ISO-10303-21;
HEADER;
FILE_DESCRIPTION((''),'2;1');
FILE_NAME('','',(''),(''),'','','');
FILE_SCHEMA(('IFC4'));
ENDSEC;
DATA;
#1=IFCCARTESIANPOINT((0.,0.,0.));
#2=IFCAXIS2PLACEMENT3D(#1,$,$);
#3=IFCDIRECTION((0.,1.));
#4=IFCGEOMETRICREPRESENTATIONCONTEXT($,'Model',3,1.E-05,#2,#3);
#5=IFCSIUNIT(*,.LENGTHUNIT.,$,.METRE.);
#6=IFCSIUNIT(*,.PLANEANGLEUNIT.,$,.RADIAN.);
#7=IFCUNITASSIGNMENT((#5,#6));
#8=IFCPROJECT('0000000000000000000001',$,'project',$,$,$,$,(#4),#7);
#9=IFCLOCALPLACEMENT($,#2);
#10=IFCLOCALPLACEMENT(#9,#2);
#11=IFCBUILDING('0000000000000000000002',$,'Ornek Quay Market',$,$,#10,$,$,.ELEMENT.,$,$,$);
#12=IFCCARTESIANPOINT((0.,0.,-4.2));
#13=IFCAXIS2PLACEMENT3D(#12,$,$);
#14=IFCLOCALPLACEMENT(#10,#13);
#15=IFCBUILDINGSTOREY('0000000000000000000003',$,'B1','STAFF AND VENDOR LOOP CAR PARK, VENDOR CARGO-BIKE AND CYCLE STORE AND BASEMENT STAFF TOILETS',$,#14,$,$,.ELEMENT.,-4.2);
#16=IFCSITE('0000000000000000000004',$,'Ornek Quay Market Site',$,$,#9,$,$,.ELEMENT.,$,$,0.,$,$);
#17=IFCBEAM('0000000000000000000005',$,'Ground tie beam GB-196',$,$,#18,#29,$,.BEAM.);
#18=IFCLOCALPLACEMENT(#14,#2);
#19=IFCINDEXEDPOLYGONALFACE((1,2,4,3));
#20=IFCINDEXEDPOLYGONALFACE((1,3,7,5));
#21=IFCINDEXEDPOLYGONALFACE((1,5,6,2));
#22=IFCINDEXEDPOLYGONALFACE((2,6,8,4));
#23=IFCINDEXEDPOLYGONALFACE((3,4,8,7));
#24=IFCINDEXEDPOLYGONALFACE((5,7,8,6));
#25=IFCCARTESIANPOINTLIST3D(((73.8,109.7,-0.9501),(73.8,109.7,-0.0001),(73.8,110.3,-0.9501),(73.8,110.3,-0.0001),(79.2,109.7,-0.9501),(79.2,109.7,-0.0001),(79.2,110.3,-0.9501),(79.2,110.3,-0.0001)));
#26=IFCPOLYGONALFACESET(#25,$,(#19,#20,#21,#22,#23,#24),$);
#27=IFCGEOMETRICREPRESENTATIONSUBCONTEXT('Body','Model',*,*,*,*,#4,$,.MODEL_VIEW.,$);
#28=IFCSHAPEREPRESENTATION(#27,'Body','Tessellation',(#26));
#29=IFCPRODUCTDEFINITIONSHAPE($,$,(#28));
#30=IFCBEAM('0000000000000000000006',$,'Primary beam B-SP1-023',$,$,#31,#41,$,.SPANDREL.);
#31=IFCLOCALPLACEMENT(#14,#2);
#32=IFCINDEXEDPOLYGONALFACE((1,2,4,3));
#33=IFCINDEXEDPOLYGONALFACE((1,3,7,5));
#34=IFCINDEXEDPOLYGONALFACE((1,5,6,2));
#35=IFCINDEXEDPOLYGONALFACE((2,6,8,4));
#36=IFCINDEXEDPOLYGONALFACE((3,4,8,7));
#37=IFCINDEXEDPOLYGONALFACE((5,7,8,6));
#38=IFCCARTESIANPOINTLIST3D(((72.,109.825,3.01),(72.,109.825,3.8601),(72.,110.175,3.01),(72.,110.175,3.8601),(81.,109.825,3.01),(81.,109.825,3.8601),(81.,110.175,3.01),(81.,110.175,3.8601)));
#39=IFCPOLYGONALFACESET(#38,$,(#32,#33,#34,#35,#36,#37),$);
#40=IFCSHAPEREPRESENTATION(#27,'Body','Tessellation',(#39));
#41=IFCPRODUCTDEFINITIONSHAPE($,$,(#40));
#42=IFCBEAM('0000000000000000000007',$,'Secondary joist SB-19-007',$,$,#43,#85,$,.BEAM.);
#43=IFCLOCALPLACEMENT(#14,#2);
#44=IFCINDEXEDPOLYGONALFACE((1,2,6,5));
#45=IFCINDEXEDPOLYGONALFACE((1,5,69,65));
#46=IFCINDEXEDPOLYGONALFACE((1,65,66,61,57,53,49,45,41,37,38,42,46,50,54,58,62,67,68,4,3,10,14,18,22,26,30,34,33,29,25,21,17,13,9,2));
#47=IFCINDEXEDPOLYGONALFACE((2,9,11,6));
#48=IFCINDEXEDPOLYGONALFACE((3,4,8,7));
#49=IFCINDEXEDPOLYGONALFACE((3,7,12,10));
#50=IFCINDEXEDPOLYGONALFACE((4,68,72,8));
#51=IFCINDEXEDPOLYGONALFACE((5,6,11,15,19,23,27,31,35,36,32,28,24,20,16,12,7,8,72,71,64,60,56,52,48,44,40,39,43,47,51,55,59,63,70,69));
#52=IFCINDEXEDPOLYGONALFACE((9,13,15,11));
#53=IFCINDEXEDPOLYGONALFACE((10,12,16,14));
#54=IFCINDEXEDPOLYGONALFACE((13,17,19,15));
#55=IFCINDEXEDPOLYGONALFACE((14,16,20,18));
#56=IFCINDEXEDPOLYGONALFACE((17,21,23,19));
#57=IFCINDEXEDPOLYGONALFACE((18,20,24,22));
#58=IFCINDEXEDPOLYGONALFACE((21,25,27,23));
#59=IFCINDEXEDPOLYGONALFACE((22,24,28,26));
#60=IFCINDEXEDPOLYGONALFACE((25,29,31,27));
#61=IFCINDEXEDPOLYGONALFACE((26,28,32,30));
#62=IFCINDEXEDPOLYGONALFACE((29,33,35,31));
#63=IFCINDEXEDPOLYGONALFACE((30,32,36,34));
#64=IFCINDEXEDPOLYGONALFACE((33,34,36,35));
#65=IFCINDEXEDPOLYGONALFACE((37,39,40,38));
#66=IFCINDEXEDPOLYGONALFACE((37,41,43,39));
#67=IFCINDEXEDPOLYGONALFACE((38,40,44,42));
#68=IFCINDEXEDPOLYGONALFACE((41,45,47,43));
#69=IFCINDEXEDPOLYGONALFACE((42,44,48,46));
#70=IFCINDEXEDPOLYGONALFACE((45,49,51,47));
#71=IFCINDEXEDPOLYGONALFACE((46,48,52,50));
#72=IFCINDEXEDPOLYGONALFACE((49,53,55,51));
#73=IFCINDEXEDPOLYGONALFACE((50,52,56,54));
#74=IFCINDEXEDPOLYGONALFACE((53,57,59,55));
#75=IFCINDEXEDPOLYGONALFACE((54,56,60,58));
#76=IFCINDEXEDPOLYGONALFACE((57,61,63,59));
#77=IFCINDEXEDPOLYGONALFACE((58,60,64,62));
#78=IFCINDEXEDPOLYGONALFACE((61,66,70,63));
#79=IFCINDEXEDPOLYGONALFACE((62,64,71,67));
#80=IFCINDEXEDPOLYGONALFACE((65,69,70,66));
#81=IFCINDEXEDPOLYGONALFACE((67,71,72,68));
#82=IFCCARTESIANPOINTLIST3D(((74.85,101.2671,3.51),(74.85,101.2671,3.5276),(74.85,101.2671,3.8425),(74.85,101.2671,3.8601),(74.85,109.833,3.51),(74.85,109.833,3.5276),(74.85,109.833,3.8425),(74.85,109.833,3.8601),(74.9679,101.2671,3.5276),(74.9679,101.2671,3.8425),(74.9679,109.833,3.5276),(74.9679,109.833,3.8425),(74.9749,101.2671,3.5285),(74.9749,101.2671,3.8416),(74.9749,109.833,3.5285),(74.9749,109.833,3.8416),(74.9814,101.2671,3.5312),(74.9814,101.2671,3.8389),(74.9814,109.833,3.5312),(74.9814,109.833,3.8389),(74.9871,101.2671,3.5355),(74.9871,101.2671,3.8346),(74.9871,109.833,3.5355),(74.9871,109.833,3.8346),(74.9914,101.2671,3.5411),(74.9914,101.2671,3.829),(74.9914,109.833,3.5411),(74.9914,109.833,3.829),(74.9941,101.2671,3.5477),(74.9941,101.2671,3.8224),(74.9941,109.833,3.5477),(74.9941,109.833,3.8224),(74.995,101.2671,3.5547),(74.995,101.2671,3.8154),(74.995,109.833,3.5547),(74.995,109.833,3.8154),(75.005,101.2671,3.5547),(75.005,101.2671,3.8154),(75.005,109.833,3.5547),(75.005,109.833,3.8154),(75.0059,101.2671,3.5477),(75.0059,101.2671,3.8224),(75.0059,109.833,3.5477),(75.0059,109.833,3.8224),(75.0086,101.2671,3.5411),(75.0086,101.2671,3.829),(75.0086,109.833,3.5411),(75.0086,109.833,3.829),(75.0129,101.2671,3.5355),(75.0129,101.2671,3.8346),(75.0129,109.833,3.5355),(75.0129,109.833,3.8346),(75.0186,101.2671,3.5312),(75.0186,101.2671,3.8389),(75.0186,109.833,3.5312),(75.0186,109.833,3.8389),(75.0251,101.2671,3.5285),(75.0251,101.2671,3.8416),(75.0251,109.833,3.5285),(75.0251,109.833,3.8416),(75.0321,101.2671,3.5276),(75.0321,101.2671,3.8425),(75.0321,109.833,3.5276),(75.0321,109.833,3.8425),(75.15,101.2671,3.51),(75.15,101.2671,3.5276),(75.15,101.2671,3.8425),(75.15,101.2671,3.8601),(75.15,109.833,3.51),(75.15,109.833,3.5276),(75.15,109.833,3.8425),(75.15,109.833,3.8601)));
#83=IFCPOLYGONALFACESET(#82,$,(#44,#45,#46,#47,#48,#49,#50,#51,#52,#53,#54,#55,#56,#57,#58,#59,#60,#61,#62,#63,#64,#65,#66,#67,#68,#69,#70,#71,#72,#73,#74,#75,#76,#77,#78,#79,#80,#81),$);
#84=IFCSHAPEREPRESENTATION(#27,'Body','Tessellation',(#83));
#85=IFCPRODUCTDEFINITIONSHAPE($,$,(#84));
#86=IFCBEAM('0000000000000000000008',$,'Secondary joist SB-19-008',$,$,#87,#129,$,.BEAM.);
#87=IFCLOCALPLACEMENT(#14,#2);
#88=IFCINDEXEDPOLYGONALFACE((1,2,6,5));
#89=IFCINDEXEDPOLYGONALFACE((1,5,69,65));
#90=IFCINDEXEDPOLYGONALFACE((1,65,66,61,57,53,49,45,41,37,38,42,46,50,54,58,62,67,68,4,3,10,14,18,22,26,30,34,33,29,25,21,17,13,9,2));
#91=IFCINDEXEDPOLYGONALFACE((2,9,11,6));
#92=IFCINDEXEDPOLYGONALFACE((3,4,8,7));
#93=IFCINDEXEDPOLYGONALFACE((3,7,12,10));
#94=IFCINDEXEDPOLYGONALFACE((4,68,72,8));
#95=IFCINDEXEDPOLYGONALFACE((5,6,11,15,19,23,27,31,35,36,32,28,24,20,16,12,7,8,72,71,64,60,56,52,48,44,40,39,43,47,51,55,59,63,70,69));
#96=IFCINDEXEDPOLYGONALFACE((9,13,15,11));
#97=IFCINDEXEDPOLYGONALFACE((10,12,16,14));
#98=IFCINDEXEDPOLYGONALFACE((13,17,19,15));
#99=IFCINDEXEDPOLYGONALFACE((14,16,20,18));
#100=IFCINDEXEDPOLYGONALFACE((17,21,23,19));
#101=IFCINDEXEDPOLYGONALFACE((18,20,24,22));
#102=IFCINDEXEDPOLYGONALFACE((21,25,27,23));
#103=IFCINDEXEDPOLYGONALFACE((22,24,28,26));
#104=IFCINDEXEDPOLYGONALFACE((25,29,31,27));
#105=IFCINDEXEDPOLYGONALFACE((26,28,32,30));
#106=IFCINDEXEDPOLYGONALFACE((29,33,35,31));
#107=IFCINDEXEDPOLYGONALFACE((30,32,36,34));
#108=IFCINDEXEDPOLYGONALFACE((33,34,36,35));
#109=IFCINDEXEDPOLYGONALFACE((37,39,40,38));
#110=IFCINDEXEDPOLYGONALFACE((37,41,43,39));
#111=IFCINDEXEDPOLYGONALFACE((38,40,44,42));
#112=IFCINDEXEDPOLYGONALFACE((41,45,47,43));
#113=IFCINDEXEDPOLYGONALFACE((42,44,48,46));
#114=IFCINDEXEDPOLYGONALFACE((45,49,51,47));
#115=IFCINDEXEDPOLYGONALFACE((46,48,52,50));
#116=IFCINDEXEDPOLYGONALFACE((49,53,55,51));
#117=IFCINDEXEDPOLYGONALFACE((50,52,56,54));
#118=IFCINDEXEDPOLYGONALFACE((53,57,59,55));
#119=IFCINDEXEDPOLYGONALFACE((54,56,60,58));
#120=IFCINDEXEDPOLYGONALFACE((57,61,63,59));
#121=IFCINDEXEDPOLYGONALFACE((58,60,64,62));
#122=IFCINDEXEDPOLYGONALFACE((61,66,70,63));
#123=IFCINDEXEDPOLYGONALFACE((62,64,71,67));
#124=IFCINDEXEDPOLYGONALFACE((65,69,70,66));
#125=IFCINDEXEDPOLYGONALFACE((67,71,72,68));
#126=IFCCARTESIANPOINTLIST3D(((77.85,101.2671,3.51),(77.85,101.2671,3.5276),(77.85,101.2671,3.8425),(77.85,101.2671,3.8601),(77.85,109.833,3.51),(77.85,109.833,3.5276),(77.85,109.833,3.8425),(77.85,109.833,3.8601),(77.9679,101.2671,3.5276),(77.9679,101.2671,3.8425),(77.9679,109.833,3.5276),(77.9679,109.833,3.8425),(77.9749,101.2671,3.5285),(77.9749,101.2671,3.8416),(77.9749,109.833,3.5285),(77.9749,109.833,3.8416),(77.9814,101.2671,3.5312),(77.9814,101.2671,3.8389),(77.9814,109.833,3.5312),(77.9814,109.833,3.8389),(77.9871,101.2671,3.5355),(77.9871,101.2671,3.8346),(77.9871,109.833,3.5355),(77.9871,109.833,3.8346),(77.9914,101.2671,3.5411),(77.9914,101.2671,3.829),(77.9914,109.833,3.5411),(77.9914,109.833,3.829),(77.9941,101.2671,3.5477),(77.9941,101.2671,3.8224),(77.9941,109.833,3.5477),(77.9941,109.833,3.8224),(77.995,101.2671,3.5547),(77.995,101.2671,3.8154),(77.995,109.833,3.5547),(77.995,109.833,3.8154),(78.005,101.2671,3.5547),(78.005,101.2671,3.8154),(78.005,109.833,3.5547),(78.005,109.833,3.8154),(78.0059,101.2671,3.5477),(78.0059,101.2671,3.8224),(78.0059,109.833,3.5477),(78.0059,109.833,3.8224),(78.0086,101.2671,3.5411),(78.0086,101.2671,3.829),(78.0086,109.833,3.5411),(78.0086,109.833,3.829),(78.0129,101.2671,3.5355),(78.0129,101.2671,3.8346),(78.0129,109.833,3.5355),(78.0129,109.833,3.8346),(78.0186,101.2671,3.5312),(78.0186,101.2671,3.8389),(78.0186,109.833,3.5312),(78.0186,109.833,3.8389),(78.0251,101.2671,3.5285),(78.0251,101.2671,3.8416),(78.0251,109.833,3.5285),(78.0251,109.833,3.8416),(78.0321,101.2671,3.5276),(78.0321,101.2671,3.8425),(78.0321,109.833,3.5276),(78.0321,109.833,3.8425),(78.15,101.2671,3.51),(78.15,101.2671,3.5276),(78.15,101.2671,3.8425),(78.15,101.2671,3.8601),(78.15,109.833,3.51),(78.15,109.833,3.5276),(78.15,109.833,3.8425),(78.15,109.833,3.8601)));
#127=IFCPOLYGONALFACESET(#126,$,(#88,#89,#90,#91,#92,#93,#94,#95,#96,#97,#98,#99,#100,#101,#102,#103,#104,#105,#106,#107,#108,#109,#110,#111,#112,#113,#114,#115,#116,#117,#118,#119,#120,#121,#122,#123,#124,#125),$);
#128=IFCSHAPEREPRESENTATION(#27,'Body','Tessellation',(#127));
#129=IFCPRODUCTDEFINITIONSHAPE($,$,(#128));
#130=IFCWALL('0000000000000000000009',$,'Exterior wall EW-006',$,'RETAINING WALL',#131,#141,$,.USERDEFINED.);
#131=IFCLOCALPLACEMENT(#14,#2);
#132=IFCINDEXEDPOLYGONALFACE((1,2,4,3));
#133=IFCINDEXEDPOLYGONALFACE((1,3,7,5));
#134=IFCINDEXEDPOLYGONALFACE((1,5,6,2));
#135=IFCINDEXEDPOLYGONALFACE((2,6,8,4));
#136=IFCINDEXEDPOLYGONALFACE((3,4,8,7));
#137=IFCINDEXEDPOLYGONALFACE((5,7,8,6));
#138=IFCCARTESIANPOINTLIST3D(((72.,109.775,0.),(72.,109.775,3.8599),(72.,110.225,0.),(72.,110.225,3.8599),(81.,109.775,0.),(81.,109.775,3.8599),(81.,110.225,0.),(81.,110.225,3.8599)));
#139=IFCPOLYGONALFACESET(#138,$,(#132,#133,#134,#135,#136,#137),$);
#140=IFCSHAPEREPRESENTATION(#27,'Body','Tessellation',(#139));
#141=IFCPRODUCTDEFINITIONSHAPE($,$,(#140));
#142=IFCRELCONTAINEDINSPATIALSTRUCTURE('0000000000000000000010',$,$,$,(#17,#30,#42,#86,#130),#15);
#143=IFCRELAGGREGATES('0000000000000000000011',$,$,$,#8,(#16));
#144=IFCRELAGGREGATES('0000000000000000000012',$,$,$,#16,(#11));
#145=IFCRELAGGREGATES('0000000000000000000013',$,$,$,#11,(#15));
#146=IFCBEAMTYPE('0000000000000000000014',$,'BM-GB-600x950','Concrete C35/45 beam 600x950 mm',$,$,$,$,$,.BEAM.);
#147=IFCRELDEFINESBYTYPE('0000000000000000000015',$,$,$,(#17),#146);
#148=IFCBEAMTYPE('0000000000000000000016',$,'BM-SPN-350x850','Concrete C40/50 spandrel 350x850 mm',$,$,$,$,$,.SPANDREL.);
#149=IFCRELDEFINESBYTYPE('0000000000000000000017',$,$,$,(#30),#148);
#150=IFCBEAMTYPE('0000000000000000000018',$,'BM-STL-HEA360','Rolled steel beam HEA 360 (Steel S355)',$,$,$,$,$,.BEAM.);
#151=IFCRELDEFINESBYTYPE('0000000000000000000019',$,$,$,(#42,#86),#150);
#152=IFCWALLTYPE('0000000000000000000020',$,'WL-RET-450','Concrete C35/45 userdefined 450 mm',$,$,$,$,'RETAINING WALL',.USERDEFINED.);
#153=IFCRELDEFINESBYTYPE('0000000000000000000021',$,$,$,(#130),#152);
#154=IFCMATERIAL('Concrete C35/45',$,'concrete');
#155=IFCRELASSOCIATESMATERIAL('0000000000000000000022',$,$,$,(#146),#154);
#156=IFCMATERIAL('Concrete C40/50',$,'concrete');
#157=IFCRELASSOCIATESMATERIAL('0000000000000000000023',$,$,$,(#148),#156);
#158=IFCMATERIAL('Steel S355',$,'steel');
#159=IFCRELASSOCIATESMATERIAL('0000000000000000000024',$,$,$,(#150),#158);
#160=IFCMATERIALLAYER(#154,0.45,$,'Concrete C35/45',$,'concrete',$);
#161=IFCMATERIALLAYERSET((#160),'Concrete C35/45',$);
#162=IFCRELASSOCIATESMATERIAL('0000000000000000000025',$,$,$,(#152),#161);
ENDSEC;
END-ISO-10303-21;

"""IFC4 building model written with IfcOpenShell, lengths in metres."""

from ifc_helpers import new_model, si_unit, direction, frame, frame_2d, origin, origin_2d, place, context, subcontext, project, spatial, rectangle, i_section, extrude, material, layer, layer_set, material_profile, profile_set, type_object, element, save


model = new_model("IFC4")

# Units and contexts
model_context = context("Model", 3, precision=1e-05, world=origin(), true_north=direction((0.0, 1.0)))
body_context = subcontext(model_context, "Body", "Model", "MODEL_VIEW")
ifc_project = project(units=[si_unit("LENGTHUNIT", "METRE"), si_unit("PLANEANGLEUNIT", "RADIAN")], contexts=[model_context])

# Site, building, storey
site_placement = place(None, origin())
site = spatial("IfcSite", under=ifc_project, at=site_placement, Name="Ornek Quay Market Site", CompositionType="ELEMENT", RefElevation=0.0)
building_placement = place(site_placement, origin())
building = spatial("IfcBuilding", under=site, at=building_placement, Name="Ornek Quay Market", CompositionType="ELEMENT")
storey_placement = place(building_placement, frame((0.0, 0.0, -4.2)))
storey = spatial("IfcBuildingStorey", under=building, at=storey_placement, Name="B1", Description="STAFF AND VENDOR LOOP CAR PARK, VENDOR CARGO-BIKE AND CYCLE STORE AND BASEMENT STAFF TOILETS", CompositionType="ELEMENT", Elevation=-4.2)

# Shared definitions
ifc_material_1 = material(Name="Concrete C35/45", Category="concrete")

# Shared definitions
ifc_material_2 = material(Name="Concrete C40/50", Category="concrete")

# Beams
ifc_material_profile_1 = material_profile(ifc_material_1, rectangle(XDim=0.6001, YDim=0.95, at=origin_2d()), Name="RC 600x950", Category="concrete")
ifc_profile_set_1 = profile_set([ifc_material_profile_1], Name="Concrete C35/45")
beam_type_1 = type_object("IfcBeamType", Name="BM-GB-600x950", Description="Concrete C35/45 beam 600x950 mm", PredefinedType="BEAM", material=ifc_profile_set_1)
beam_1_placement = place(storey_placement, frame((73.8, 110.0, -0.4751), z_axis=(1.0, 0.0, 0.0), x_axis=(0.0, 1.0, 0.0)))
element("IfcBeam", 1, at=beam_1_placement, inside=storey, type_object=beam_type_1, Name="Ground tie beam GB-196", PredefinedType="BEAM", context=body_context, shape_type="SweptSolid", body=[
    extrude(rectangle(XDim=0.6001, YDim=0.95, at=origin_2d()), origin(), (0.0, 0.0, 1.0), 5.3999),
])
ifc_material_profile_2 = material_profile(ifc_material_2, rectangle(XDim=0.3501, YDim=0.8501, at=origin_2d()), Name="RC 350x850", Category="concrete")
ifc_profile_set_2 = profile_set([ifc_material_profile_2], Name="Concrete C40/50")
beam_type_2 = type_object("IfcBeamType", Name="BM-SPN-350x850", Description="Concrete C40/50 spandrel 350x850 mm", PredefinedType="SPANDREL", material=ifc_profile_set_2)
beam_2_placement = place(storey_placement, frame((72.0, 110.0, 3.4351), z_axis=(1.0, 0.0, 0.0), x_axis=(0.0, 1.0, 0.0)))
element("IfcBeam", 2, at=beam_2_placement, inside=storey, type_object=beam_type_2, Name="Primary beam B-SP1-023", PredefinedType="SPANDREL", context=body_context, shape_type="SweptSolid", body=[
    extrude(rectangle(XDim=0.3501, YDim=0.8501, at=origin_2d()), origin(), (0.0, 0.0, 1.0), 9.0),
])
ifc_material_3 = material(Name="Steel S355", Category="steel")
ifc_material_profile_3 = material_profile(ifc_material_3, i_section(OverallWidth=0.3, OverallDepth=0.3501, WebThickness=0.01, FlangeThickness=0.0176, FilletRadius=0.0271, at=origin_2d()), Name="HEA 360", Category="steel")
ifc_profile_set_3 = profile_set([ifc_material_profile_3], Name="Steel S355")
beam_type_3 = type_object("IfcBeamType", Name="BM-STL-HEA360", Description="Rolled steel beam HEA 360 (Steel S355)", PredefinedType="BEAM", material=ifc_profile_set_3)
for number, where, z_axis, x_axis, name in (
    (3, (75.0, 101.2671, 3.6851), (0.0, 1.0, 0.0), (-1.0, 0.0, 0.0), "Secondary joist SB-19-007"),
    (4, (78.0, 101.2671, 3.6851), (0.0, 1.0, 0.0), (-1.0, 0.0, 0.0), "Secondary joist SB-19-008"),
):
    element("IfcBeam", number, at=place(storey_placement, frame(where, z_axis=z_axis, x_axis=x_axis)), inside=storey, type_object=beam_type_3, Name=name, PredefinedType="BEAM", context=body_context, shape_type="SweptSolid", body=[
        extrude(i_section(OverallWidth=0.3, OverallDepth=0.3501, WebThickness=0.01, FlangeThickness=0.0176, FilletRadius=0.0271, at=origin_2d()), origin(), (0.0, 0.0, 1.0), 8.5659),
    ])

# Wall
ifc_layer = layer(ifc_material_1, 0.45, Name="Concrete C35/45", Category="concrete")
ifc_layer_set = layer_set([ifc_layer], Name="Concrete C35/45")
wall_type = type_object("IfcWallType", Name="WL-RET-450", Description="Concrete C35/45 userdefined 450 mm", ElementType="RETAINING WALL", PredefinedType="USERDEFINED", material=ifc_layer_set)
wall_placement = place(storey_placement, frame((72.0, 110.0, 0.0), z_axis=(0.0, 0.0, 1.0), x_axis=(1.0, 0.0, 0.0)))
element("IfcWall", 5, at=wall_placement, inside=storey, type_object=wall_type, Name="Exterior wall EW-006", ObjectType="RETAINING WALL", PredefinedType="USERDEFINED", context=body_context, shape_type="SweptSolid", body=[
    extrude(rectangle(XDim=9.0, YDim=0.45, at=frame_2d((4.5, 0.0))), origin(), (0.0, 0.0, 1.0), 3.8599),
])

save(model, "model.ifc")
